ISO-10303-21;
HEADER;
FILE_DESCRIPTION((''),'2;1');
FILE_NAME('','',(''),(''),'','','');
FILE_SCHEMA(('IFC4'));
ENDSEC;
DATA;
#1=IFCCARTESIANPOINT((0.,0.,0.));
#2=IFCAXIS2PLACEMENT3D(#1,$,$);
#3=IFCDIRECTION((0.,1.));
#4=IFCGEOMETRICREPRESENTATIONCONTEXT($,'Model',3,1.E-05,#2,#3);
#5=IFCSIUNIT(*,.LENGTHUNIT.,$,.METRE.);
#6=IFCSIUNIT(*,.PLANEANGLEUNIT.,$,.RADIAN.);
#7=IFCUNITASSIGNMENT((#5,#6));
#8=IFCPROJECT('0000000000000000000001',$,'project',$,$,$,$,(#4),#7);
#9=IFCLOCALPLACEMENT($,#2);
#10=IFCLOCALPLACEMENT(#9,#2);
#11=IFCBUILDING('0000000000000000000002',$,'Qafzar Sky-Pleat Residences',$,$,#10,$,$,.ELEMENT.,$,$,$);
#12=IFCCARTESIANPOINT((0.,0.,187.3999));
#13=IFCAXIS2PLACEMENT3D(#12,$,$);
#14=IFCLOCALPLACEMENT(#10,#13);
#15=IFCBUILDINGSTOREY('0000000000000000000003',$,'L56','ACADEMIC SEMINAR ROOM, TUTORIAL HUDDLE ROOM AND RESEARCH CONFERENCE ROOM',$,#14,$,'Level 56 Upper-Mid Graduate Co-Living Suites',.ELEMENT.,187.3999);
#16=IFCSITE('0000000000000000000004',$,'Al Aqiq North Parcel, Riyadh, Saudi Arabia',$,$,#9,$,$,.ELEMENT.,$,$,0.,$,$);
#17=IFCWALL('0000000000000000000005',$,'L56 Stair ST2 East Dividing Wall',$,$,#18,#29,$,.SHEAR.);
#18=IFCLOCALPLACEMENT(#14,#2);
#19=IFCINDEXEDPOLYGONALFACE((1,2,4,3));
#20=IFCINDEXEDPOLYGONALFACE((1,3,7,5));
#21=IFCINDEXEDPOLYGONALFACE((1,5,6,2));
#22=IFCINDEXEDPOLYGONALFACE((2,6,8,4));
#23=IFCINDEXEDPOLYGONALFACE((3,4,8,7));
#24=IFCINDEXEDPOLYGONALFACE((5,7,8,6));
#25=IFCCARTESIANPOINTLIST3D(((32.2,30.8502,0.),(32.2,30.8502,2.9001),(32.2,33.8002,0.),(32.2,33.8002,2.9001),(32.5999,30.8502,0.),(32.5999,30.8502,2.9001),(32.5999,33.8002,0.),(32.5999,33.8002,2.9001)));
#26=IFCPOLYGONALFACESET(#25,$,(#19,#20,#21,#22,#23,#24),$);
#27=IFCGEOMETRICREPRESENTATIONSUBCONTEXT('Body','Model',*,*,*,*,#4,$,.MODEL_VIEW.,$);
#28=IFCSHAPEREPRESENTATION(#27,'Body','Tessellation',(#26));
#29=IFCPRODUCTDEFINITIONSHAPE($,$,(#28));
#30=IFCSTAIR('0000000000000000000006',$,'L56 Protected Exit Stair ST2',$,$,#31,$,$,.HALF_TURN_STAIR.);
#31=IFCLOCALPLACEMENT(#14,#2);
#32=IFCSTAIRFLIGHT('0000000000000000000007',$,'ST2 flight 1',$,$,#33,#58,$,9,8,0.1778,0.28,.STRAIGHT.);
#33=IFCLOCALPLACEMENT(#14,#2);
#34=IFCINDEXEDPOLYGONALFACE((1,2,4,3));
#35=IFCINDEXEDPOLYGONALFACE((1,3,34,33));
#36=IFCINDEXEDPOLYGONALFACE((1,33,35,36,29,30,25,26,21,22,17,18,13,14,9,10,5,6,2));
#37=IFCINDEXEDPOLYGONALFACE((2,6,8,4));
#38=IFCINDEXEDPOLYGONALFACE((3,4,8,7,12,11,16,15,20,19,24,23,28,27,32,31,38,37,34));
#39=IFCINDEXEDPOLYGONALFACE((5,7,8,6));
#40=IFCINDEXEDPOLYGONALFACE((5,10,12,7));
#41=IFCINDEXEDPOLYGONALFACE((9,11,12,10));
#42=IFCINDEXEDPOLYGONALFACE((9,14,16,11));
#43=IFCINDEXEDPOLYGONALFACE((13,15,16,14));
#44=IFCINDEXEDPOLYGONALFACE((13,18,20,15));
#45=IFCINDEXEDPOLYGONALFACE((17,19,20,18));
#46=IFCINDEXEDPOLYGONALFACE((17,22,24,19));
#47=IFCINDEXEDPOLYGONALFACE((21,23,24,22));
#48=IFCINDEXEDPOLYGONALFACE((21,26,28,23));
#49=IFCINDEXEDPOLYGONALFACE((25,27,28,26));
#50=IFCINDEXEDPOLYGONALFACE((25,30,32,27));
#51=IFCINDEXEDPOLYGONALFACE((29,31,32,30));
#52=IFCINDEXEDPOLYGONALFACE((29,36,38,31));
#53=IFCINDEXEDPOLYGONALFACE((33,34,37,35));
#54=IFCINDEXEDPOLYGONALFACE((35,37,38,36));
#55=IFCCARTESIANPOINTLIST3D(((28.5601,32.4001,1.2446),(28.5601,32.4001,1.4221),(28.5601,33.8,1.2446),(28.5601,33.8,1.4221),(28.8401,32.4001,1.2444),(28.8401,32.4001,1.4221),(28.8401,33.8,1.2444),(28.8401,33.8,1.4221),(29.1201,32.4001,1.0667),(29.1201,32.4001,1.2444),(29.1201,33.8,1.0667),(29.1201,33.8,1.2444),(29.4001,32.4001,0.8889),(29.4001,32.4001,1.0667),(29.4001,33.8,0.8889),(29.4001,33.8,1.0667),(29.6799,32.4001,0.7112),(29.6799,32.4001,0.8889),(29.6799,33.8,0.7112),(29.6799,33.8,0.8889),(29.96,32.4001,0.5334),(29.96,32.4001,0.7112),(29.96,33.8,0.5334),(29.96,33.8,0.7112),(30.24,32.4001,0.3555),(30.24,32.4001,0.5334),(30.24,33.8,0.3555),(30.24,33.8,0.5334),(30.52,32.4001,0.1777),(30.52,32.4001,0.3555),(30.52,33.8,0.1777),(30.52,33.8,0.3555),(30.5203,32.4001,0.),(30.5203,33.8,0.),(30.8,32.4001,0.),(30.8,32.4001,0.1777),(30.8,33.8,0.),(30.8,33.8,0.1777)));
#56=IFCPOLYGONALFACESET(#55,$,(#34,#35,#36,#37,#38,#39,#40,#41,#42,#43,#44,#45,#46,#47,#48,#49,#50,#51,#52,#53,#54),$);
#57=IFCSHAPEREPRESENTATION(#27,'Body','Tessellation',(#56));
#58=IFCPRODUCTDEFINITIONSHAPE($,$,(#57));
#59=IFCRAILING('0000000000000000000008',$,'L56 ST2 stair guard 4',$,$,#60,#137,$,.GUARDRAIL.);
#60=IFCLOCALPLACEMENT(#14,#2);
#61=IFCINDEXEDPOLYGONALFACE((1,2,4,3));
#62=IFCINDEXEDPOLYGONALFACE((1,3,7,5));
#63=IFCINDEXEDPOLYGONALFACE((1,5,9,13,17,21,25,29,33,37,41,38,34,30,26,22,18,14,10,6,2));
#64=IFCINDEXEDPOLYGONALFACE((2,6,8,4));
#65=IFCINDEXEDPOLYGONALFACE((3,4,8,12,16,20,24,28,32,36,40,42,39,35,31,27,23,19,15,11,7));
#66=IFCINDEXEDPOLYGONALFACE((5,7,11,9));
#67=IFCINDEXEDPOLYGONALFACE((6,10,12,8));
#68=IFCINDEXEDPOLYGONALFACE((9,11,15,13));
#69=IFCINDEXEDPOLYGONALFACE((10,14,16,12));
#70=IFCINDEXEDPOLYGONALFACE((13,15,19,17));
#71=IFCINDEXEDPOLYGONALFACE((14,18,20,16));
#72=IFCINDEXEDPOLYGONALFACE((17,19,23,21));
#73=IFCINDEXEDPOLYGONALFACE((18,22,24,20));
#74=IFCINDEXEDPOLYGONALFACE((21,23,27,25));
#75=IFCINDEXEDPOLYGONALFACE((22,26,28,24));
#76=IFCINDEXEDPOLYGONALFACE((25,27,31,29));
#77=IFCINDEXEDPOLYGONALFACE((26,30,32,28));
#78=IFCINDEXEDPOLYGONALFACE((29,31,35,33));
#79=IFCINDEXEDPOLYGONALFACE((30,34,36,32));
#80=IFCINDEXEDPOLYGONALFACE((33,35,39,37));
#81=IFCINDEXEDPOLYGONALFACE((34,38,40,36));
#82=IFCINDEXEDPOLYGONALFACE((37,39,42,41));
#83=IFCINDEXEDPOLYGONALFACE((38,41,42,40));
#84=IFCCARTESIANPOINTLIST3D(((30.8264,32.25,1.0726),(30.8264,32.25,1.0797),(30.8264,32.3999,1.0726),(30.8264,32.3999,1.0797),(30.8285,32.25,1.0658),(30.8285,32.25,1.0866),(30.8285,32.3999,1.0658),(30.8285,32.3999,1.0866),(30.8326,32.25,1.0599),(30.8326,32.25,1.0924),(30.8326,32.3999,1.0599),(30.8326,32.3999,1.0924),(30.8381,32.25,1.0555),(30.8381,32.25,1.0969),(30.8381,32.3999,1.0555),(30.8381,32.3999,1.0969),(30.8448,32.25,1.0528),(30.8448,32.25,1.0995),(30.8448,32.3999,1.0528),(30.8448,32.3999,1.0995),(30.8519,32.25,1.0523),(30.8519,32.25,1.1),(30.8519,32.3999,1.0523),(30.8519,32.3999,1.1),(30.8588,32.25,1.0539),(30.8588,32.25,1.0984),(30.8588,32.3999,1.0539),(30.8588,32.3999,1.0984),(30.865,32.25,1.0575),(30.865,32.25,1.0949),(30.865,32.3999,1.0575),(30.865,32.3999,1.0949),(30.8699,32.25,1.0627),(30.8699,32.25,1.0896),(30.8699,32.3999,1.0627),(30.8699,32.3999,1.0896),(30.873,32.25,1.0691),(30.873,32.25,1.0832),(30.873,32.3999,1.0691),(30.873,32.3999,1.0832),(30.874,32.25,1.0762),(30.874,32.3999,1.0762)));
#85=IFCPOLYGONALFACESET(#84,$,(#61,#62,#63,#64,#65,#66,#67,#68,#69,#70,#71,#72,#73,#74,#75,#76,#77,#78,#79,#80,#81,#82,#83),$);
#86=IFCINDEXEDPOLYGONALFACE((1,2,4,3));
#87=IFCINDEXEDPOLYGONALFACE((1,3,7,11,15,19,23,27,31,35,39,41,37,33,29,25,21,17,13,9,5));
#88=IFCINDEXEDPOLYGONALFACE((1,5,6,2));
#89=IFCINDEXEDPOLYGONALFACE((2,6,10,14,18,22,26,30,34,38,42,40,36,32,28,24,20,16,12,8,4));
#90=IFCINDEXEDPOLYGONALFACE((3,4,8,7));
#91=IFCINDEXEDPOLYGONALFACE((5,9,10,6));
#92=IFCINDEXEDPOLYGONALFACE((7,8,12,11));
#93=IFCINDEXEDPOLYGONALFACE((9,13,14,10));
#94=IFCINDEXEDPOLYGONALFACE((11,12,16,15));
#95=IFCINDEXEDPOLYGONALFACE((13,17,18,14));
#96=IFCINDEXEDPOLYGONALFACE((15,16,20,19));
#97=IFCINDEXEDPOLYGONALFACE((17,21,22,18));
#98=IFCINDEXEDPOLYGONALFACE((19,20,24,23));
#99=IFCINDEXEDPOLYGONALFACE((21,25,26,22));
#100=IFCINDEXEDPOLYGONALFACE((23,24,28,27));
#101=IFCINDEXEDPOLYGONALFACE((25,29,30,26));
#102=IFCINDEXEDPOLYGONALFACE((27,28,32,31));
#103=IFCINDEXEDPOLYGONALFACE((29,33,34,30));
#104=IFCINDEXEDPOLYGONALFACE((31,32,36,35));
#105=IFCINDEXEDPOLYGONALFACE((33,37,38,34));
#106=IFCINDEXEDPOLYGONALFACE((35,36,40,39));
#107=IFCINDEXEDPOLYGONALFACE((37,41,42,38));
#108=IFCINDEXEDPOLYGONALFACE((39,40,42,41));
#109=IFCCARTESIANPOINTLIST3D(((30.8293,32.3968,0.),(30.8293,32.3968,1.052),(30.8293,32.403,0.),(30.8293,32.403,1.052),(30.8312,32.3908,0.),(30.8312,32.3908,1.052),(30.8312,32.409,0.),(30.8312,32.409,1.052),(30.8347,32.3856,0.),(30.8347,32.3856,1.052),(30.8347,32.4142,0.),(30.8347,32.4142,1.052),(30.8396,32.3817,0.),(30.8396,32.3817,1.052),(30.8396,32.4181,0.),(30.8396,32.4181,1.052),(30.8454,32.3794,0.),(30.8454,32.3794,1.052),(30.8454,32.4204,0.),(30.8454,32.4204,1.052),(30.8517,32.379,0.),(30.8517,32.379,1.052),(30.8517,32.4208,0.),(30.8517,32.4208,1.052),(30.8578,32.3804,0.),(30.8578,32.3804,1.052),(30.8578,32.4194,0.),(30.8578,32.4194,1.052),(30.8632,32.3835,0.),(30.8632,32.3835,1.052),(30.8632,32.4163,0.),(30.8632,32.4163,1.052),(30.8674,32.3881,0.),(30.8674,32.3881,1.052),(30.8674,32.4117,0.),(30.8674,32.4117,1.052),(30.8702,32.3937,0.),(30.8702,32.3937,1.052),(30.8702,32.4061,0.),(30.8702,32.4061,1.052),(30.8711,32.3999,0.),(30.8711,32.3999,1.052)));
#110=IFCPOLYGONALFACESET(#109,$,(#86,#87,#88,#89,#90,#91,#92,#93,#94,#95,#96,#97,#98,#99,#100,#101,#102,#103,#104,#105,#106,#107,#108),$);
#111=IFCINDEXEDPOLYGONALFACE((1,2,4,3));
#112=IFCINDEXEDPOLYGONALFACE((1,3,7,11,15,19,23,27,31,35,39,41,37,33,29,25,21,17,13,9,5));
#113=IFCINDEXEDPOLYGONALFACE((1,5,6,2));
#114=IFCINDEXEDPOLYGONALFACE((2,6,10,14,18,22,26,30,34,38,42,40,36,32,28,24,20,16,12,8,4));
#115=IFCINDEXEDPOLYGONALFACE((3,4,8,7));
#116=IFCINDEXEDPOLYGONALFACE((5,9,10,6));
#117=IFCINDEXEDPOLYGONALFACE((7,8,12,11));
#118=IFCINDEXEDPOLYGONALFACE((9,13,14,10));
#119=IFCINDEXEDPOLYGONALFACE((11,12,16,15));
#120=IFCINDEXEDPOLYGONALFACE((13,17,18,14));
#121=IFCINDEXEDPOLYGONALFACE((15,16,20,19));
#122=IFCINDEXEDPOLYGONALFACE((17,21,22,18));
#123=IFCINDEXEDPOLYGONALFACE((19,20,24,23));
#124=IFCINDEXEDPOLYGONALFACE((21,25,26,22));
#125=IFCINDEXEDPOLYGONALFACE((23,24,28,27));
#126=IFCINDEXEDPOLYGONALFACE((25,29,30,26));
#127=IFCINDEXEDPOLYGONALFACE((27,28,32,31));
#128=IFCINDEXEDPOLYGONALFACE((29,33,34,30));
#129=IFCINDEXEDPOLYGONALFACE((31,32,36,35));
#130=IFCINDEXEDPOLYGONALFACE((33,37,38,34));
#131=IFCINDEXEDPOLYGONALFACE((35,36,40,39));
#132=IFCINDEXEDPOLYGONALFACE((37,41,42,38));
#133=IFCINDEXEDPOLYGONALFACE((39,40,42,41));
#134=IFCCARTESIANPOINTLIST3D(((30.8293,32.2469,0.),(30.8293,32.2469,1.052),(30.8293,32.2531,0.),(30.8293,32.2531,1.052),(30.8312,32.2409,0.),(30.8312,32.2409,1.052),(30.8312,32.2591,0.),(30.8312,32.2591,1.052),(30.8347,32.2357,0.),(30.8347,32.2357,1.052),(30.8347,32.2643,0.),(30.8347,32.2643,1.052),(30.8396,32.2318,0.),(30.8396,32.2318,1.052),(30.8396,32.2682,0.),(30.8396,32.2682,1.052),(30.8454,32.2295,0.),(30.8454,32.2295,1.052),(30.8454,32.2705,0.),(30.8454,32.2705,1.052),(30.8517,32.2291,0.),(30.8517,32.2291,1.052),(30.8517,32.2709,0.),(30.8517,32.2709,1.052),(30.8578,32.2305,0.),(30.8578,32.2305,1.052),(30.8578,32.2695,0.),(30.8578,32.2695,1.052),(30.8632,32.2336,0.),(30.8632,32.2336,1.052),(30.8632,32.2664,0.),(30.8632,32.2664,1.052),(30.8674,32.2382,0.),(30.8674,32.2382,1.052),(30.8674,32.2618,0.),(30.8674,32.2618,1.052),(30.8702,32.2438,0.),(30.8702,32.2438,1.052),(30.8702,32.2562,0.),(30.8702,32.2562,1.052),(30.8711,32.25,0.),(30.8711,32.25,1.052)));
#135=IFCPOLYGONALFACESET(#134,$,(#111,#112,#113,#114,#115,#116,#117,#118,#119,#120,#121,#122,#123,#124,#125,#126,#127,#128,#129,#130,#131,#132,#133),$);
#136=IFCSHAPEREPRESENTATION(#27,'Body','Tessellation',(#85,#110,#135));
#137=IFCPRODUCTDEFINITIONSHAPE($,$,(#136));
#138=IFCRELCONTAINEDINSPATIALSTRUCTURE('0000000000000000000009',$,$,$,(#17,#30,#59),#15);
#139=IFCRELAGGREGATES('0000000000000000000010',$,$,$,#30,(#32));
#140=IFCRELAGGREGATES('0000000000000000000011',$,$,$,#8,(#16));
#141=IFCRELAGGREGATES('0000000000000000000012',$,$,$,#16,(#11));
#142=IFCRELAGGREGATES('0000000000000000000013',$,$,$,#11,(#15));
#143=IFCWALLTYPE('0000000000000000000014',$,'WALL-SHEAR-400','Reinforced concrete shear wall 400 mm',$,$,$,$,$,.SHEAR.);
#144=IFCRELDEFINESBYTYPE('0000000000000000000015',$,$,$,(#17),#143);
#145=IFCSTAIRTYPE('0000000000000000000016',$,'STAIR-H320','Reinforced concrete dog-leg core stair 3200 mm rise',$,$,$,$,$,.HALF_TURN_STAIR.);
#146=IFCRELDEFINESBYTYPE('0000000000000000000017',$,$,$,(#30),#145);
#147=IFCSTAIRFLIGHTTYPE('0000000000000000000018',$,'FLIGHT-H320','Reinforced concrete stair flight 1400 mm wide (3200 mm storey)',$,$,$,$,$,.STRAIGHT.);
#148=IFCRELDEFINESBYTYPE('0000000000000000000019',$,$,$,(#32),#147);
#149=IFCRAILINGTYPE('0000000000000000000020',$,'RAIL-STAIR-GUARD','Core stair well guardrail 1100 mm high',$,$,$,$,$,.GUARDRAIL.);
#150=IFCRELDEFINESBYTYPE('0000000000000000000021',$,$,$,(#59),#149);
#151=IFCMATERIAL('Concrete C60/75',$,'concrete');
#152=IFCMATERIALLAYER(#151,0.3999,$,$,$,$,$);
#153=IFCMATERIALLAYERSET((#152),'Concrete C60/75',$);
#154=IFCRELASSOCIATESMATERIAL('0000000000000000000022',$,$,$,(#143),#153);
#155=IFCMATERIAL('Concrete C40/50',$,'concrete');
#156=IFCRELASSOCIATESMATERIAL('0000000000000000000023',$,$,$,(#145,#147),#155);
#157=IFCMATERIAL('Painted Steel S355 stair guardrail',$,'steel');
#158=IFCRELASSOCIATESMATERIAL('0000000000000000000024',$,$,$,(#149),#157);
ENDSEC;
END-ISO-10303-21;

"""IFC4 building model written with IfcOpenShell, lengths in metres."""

from ifc_helpers import new_model, si_unit, direction, frame, frame_2d, origin, origin_2d, place, context, subcontext, project, spatial, polyline, rectangle, circle, outline, extrude, source, transform, mapped, material, layer, layer_set, type_object, element, aggregate, save


model = new_model("IFC4")

# Units and contexts
model_context = context("Model", 3, precision=1e-05, world=origin(), true_north=direction((0.0, 1.0)))
body_context = subcontext(model_context, "Body", "Model", "MODEL_VIEW")
ifc_project = project(units=[si_unit("LENGTHUNIT", "METRE"), si_unit("PLANEANGLEUNIT", "RADIAN")], contexts=[model_context])

# Site, building, storey
site_placement = place(None, origin())
site = spatial("IfcSite", under=ifc_project, at=site_placement, Name="Al Aqiq North Parcel, Riyadh, Saudi Arabia", CompositionType="ELEMENT", RefElevation=0.0)
building_placement = place(site_placement, origin())
building = spatial("IfcBuilding", under=site, at=building_placement, Name="Qafzar Sky-Pleat Residences", CompositionType="ELEMENT")
storey_placement = place(building_placement, frame((0.0, 0.0, 187.3999)))
storey = spatial("IfcBuildingStorey", under=building, at=storey_placement, Name="L56", Description="ACADEMIC SEMINAR ROOM, TUTORIAL HUDDLE ROOM AND RESEARCH CONFERENCE ROOM", LongName="Level 56 Upper-Mid Graduate Co-Living Suites", CompositionType="ELEMENT", Elevation=187.3999)

# Wall
ifc_material_1 = material(Name="Concrete C60/75", Category="concrete")
ifc_layer_1 = layer(ifc_material_1, 0.3999)
ifc_layer_set_1 = layer_set([ifc_layer_1], Name="Concrete C60/75")
wall_type_1 = type_object("IfcWallType", Name="WALL-SHEAR-400", Description="Reinforced concrete shear wall 400 mm", PredefinedType="SHEAR", material=ifc_layer_set_1)
wall_1_placement = place(storey_placement, frame((32.3999, 30.8501, 0.0), z_axis=(0.0, 0.0, 1.0), x_axis=(0.0, 1.0, 0.0)))
element("IfcWall", 1, at=wall_1_placement, inside=storey, type_object=wall_type_1, Name="L56 Stair ST2 East Dividing Wall", PredefinedType="SHEAR", context=body_context, shape_type="SweptSolid", body=[
    extrude(rectangle(XDim=2.95, YDim=0.3999, at=frame_2d((1.4751, 0.0))), origin(), (0.0, 0.0, 1.0), 2.9001),
])

# Stair, stair flight
ifc_material_2 = material(Name="Concrete C40/50", Category="concrete")
stair_type = type_object("IfcStairType", Name="STAIR-H320", Description="Reinforced concrete dog-leg core stair 3200 mm rise", PredefinedType="HALF_TURN_STAIR", material=ifc_material_2)
stair_placement = place(storey_placement, origin())
stair = element("IfcStair", 2, at=stair_placement, inside=storey, type_object=stair_type, Name="L56 Protected Exit Stair ST2", PredefinedType="HALF_TURN_STAIR")
stair_flight_type = type_object("IfcStairFlightType", Name="FLIGHT-H320", Description="Reinforced concrete stair flight 1400 mm wide (3200 mm storey)", PredefinedType="STRAIGHT", material=ifc_material_2)
shared_shape_1 = source(origin(), body_context, "Body", "SweptSolid", [
    extrude(outline(polyline([(0.0, 0.0), (0.0, 0.1777), (0.28, 0.1777), (0.28, 0.3555), (0.5601, 0.3555), (0.5601, 0.5334), (0.8401, 0.5334), (0.8401, 0.7112), (1.1201, 0.7112), (1.1201, 0.8889), (1.3999, 0.8889), (1.3999, 1.0667), (1.6799, 1.0667), (1.6799, 1.2444), (1.96, 1.2444), (1.96, 1.4221), (2.24, 1.4221), (2.24, 1.6001), (2.24, 1.2446), (0.2798, 0.0), (0.0, 0.0)])), frame((0.0, 0.7, 0.0), z_axis=(0.0, -1.0, 0.0), x_axis=(1.0, 0.0, 0.0)), (0.0, 0.0, 1.0), 1.3999),
])
stair_flight_placement = place(storey_placement, frame((30.8, 33.1001, 0.0), z_axis=(0.0, 0.0, 1.0), x_axis=(-1.0, 0.0, 0.0)))
stair_flight = element("IfcStairFlight", 3, at=stair_flight_placement, type_object=stair_flight_type, Name="ST2 flight 1", NumberOfRisers=9, NumberOfTreads=8, PredefinedType="STRAIGHT", RiserHeight=0.1778, TreadLength=0.28, context=body_context, shape_type="MappedRepresentation", body=[
    mapped(shared_shape_1, transform((0.0, 0.0, 0.0), x_axis=(1.0, 0.0, 0.0), y_axis=(0.0, 1.0, 0.0), z_axis=(0.0, 0.0, 1.0), scale=1.0)),
])
aggregate(stair, [stair_flight])

# Railing
ifc_material_3 = material(Name="Painted Steel S355 stair guardrail", Category="steel")
railing_type_1 = type_object("IfcRailingType", Name="RAIL-STAIR-GUARD", Description="Core stair well guardrail 1100 mm high", PredefinedType="GUARDRAIL", material=ifc_material_3)
shared_shape_2 = source(origin(), body_context, "Body", "SweptSolid", [
    extrude(circle(Radius=0.0239, at=origin_2d()), frame((0.0, 0.0, 1.0762), z_axis=(0.0, -1.0, 0.0), x_axis=(1.0, 0.0, 0.0)), (0.0, 0.0, 1.0), 0.1499),
    extrude(circle(Radius=0.021, at=origin_2d()), origin(), (0.0, 0.0, 1.0), 1.052),
    extrude(circle(Radius=0.021, at=origin_2d()), frame((0.0, -0.1499, 0.0)), (0.0, 0.0, 1.0), 1.052),
])
railing_1_placement = place(storey_placement, frame((30.8501, 32.3999, 0.0)))
element("IfcRailing", 4, at=railing_1_placement, inside=storey, type_object=railing_type_1, Name="L56 ST2 stair guard 4", PredefinedType="GUARDRAIL", context=body_context, shape_type="MappedRepresentation", body=[
    mapped(shared_shape_2, transform((0.0, 0.0, 0.0), x_axis=(1.0, 0.0, 0.0), y_axis=(0.0, 1.0, 0.0), z_axis=(0.0, 0.0, 1.0), scale=1.0)),
])

save(model, "model.ifc")
